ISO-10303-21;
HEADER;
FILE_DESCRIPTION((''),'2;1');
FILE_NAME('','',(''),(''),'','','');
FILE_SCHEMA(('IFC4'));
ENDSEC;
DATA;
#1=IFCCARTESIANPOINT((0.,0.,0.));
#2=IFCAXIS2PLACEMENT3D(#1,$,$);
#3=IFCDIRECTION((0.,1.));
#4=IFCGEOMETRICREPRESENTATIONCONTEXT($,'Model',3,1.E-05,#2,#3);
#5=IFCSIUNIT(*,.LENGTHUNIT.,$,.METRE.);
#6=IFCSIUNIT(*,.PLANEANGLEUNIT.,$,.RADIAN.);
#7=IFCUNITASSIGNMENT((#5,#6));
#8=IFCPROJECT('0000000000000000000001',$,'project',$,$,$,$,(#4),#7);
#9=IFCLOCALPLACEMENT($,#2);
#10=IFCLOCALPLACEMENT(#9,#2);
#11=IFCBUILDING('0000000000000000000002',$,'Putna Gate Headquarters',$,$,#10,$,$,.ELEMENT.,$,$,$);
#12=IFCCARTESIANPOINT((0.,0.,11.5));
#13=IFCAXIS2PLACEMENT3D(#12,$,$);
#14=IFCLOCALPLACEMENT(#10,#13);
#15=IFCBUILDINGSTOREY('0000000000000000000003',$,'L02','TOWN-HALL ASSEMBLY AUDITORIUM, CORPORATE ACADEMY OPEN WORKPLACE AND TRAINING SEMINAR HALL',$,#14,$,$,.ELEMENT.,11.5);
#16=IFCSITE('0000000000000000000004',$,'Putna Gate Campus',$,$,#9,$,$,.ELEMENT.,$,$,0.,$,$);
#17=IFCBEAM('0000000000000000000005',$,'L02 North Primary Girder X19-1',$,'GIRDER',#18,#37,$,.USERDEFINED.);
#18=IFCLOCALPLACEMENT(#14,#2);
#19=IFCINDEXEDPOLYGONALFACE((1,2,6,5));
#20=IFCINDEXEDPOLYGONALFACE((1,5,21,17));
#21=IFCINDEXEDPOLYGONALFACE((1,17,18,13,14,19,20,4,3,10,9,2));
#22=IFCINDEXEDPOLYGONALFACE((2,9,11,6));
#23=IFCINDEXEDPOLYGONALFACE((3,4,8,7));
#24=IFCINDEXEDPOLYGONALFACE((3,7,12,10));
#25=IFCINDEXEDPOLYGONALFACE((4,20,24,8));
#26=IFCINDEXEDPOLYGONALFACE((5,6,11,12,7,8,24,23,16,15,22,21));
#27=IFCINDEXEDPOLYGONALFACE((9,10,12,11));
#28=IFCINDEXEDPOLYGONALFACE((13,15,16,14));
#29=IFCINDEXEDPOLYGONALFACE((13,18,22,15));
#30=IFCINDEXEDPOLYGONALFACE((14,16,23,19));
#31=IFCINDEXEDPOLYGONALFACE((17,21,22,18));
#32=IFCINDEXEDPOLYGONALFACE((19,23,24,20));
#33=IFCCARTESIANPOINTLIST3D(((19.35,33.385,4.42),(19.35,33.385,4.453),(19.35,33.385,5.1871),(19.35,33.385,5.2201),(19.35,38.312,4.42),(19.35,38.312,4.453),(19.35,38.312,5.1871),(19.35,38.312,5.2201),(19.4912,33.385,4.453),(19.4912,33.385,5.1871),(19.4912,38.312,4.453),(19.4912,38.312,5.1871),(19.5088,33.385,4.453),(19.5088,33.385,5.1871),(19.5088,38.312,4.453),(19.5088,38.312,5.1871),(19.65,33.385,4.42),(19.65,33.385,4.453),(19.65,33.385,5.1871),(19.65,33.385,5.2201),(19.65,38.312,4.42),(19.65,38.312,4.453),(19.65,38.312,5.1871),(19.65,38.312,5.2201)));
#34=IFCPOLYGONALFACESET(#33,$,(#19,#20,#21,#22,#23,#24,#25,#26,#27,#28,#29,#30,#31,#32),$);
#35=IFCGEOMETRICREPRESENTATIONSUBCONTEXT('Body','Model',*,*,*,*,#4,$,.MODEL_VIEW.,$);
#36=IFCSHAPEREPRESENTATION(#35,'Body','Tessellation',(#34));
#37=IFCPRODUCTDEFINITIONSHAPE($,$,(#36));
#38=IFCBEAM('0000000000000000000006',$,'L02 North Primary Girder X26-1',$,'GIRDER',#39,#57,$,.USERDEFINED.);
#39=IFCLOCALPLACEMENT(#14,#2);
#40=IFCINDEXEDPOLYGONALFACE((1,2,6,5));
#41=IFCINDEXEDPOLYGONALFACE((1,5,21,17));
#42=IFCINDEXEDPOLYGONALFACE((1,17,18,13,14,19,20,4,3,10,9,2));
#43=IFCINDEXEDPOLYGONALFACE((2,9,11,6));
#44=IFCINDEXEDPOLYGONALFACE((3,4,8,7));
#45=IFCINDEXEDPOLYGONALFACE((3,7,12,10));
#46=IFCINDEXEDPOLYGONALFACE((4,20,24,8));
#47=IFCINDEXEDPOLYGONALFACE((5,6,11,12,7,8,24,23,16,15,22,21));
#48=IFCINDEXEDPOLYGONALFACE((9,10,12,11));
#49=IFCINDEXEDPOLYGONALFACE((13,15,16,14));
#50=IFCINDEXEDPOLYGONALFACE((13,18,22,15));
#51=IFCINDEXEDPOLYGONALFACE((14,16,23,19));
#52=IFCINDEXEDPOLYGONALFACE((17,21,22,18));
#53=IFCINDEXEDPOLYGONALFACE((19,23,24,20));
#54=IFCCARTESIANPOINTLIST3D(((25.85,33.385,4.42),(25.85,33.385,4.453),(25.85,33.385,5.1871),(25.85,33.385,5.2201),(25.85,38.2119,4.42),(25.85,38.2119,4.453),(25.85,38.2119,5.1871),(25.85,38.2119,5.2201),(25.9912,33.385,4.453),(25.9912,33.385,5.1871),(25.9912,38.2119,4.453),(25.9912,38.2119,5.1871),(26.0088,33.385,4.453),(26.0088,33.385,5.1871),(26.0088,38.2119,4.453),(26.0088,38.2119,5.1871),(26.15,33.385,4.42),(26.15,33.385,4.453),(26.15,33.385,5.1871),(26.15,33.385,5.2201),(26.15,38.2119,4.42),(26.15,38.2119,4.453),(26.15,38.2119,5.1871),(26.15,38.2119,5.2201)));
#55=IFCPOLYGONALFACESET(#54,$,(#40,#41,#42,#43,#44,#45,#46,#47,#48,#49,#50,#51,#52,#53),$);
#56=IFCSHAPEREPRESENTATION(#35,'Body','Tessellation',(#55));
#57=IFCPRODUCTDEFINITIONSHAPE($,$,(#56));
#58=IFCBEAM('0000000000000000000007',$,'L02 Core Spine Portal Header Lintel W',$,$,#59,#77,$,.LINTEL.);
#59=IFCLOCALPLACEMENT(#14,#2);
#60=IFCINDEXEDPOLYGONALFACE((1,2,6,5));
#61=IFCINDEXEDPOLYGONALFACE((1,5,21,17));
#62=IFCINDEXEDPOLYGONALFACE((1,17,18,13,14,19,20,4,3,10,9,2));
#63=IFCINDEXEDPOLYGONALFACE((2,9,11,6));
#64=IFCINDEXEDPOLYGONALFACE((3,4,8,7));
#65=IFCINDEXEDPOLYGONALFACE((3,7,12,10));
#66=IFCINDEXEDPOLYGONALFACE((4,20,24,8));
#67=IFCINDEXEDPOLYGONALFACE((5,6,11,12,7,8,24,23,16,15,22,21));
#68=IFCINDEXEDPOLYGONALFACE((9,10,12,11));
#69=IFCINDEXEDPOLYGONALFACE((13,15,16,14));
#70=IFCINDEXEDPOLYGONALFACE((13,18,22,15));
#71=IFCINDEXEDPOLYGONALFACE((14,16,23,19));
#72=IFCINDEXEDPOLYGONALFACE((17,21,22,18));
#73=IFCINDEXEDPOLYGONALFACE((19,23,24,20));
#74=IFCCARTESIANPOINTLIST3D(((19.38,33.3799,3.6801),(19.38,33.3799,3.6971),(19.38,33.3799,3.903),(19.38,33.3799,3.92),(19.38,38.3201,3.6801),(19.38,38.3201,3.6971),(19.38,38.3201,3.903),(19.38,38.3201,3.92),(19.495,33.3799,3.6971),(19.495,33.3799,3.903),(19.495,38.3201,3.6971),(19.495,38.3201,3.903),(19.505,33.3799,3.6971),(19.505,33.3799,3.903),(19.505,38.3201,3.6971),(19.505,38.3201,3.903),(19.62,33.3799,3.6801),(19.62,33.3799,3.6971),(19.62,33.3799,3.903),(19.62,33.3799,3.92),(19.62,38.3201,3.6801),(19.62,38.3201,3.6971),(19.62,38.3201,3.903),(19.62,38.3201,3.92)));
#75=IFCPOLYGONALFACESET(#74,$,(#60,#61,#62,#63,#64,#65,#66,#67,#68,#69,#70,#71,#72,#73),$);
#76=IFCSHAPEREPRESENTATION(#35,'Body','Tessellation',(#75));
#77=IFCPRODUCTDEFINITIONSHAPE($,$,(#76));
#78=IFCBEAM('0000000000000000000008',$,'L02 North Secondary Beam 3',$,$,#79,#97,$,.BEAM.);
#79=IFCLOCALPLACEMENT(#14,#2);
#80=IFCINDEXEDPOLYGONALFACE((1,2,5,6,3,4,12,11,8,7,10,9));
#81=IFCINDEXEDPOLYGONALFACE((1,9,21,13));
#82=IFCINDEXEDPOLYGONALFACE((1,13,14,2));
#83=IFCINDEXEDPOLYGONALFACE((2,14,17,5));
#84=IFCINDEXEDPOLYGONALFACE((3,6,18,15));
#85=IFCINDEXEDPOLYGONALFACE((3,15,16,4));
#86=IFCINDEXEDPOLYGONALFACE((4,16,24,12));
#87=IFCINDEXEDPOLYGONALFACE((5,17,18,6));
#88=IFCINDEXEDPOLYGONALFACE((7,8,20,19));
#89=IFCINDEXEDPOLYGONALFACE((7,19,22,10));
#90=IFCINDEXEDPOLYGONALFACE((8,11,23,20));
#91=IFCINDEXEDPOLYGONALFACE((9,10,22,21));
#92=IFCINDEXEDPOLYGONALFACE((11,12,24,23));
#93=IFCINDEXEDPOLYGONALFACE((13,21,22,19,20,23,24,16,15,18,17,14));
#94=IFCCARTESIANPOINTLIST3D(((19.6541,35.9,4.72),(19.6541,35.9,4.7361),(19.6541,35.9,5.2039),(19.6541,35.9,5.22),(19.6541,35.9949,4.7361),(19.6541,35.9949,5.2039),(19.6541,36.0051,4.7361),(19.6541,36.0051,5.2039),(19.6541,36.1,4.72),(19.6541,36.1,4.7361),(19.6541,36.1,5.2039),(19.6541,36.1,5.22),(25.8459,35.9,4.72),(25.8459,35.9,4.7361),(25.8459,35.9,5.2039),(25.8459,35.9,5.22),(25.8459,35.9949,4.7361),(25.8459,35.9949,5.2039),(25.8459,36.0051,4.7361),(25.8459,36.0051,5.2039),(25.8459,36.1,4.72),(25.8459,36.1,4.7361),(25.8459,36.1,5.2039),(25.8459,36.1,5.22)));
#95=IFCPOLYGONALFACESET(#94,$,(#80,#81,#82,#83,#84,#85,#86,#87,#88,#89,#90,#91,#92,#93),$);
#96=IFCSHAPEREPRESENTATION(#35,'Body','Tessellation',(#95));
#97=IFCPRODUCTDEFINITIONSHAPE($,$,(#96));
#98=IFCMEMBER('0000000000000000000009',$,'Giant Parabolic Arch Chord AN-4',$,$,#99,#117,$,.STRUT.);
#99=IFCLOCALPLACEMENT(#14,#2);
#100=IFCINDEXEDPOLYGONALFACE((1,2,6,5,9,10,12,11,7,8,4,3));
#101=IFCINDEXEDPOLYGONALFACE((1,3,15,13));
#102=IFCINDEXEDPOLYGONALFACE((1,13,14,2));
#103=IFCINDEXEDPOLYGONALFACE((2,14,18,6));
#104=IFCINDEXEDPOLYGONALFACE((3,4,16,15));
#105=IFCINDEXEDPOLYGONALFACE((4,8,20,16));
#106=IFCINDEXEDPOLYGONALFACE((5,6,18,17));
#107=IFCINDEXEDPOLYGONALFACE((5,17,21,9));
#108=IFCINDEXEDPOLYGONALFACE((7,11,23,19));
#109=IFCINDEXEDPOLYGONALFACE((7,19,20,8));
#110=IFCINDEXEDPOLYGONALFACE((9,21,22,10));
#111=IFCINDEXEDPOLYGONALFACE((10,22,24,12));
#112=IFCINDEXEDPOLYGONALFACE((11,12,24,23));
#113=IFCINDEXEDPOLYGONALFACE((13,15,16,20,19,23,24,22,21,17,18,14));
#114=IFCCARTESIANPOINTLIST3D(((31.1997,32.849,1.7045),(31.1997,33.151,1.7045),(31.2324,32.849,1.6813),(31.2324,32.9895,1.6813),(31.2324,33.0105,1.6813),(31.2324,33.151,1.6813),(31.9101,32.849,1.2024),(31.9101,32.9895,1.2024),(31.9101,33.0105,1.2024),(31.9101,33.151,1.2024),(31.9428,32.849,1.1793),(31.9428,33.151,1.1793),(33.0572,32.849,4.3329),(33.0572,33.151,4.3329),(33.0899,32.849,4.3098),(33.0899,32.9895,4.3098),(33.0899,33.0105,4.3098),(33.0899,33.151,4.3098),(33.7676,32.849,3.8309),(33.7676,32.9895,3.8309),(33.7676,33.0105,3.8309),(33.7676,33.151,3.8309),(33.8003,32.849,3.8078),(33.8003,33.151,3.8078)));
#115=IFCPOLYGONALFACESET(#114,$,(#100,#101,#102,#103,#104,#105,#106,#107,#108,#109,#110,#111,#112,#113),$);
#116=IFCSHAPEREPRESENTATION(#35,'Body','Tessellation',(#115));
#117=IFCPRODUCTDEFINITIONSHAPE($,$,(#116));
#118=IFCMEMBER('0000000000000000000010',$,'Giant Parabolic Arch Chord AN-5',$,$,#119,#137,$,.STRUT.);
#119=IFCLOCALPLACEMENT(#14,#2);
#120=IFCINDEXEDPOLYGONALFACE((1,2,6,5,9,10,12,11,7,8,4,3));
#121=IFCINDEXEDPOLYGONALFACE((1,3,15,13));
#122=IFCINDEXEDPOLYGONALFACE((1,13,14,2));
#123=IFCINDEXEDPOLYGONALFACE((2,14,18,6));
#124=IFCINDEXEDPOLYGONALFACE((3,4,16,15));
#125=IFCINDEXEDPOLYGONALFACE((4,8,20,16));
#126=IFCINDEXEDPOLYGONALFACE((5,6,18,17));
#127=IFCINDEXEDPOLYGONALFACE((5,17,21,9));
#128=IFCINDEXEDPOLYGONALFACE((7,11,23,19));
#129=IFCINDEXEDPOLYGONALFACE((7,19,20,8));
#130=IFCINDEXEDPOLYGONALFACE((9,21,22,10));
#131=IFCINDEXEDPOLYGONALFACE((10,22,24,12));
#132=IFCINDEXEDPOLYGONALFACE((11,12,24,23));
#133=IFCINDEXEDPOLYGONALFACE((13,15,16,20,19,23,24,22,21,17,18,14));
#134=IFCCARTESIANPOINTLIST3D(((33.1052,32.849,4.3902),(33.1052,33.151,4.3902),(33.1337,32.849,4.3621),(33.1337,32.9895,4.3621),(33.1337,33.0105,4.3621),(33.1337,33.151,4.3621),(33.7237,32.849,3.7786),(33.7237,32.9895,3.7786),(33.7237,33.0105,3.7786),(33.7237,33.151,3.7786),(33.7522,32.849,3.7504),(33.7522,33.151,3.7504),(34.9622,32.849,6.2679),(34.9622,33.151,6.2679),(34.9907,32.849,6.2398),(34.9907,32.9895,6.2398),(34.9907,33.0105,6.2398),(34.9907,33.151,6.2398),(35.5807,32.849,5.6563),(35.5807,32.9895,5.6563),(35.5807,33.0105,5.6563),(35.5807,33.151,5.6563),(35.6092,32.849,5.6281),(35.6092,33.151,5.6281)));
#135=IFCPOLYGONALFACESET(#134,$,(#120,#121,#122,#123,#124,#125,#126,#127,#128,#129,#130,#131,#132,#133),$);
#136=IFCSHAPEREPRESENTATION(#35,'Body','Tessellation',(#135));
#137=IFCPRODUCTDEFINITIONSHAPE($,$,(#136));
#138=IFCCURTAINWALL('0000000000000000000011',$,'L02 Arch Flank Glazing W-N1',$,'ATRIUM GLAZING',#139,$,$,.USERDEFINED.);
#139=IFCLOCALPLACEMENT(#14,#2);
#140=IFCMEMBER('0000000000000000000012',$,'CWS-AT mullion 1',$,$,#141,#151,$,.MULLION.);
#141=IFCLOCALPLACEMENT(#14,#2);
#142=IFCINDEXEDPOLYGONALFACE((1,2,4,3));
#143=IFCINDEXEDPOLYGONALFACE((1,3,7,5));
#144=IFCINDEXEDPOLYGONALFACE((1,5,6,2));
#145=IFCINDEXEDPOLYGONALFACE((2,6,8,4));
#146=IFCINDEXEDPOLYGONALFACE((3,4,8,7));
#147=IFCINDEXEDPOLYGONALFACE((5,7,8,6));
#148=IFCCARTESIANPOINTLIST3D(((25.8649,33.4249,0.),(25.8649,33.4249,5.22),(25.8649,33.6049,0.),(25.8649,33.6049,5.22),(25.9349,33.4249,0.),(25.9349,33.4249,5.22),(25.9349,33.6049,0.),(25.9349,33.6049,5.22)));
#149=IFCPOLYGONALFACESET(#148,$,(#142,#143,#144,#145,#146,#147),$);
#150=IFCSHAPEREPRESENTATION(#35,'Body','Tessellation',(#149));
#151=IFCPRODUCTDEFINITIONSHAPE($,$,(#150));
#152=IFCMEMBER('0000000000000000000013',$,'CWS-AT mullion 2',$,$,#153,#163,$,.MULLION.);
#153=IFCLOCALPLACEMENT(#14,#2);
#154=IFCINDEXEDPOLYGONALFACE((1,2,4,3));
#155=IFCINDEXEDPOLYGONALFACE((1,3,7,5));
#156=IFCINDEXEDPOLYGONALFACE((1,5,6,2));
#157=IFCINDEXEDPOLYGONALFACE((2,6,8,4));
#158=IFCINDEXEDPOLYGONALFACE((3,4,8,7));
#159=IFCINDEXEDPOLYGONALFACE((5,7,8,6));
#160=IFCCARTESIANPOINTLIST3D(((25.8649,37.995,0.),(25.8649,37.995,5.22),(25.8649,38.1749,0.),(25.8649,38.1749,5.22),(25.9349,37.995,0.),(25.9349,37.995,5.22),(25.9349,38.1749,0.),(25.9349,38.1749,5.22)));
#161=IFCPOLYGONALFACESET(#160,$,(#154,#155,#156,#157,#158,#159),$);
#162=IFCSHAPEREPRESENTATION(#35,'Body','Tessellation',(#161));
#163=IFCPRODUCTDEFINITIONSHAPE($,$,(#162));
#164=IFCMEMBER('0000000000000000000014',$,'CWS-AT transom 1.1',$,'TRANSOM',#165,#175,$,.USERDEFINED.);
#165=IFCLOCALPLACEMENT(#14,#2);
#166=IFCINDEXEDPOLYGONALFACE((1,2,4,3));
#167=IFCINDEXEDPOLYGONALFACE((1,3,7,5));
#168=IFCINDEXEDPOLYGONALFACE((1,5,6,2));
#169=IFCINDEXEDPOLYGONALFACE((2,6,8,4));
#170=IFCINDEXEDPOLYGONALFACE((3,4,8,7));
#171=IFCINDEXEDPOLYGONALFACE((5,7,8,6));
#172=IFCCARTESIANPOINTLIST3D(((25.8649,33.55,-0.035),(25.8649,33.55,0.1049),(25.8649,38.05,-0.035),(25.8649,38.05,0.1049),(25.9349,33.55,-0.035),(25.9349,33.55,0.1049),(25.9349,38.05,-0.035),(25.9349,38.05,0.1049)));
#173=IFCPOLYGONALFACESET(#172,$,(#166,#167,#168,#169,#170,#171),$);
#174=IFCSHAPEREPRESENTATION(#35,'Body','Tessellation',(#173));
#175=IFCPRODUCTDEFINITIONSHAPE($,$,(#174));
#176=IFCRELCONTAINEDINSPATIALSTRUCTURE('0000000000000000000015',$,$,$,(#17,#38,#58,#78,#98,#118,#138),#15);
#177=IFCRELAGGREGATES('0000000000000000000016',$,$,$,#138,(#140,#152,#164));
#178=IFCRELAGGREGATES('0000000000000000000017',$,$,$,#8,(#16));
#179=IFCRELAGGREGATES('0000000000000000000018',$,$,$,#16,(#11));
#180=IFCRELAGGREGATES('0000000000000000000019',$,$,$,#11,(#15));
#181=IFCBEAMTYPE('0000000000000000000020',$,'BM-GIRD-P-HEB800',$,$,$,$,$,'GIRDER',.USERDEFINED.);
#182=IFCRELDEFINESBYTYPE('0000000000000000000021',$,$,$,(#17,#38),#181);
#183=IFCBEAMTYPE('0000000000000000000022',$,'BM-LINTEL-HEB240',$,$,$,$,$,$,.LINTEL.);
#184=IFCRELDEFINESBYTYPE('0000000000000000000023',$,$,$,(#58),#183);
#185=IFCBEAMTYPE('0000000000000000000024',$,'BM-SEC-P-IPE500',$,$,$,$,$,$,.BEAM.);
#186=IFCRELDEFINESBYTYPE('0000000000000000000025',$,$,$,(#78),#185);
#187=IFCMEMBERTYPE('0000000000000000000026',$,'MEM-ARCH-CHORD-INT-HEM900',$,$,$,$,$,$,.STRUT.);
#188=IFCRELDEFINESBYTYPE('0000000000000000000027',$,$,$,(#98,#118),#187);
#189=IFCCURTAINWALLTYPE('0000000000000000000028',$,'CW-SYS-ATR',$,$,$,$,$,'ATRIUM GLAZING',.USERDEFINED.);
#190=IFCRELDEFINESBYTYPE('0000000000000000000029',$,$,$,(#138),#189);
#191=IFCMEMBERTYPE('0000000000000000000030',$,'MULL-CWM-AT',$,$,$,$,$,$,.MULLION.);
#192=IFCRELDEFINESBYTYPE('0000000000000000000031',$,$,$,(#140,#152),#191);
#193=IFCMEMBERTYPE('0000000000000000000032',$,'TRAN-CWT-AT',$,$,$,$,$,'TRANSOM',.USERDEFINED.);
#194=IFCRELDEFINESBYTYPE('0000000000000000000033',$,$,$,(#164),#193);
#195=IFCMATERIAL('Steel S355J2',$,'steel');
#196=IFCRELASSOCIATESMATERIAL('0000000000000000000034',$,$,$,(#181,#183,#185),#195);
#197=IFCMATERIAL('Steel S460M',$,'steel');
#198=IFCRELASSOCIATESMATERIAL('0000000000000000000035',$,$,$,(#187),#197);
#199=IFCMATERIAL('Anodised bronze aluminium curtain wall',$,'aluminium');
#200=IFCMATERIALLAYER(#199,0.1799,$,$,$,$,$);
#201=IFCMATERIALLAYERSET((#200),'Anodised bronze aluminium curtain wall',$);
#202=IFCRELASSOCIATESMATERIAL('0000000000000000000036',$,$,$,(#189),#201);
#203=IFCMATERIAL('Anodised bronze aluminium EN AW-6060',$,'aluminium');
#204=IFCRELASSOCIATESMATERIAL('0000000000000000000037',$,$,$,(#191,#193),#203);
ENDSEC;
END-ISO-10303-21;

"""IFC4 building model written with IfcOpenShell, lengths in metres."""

from ifc_helpers import new_model, si_unit, direction, frame, origin, origin_2d, place, context, subcontext, project, spatial, rectangle, i_section, extrude, material, layer, layer_set, material_profile, profile_set, type_object, element, aggregate, save


model = new_model("IFC4")

# Units and contexts
model_context = context("Model", 3, precision=1e-05, world=origin(), true_north=direction((0.0, 1.0)))
body_context = subcontext(model_context, "Body", "Model", "MODEL_VIEW")
ifc_project = project(units=[si_unit("LENGTHUNIT", "METRE"), si_unit("PLANEANGLEUNIT", "RADIAN")], contexts=[model_context])

# Site, building, storey
site_placement = place(None, origin())
site = spatial("IfcSite", under=ifc_project, at=site_placement, Name="Putna Gate Campus", CompositionType="ELEMENT", RefElevation=0.0)
building_placement = place(site_placement, origin())
building = spatial("IfcBuilding", under=site, at=building_placement, Name="Putna Gate Headquarters", CompositionType="ELEMENT")
storey_placement = place(building_placement, frame((0.0, 0.0, 11.5)))
storey = spatial("IfcBuildingStorey", under=building, at=storey_placement, Name="L02", Description="TOWN-HALL ASSEMBLY AUDITORIUM, CORPORATE ACADEMY OPEN WORKPLACE AND TRAINING SEMINAR HALL", CompositionType="ELEMENT", Elevation=11.5)

# Beams
ifc_material_1 = material(Name="Steel S355J2", Category="steel")
ifc_material_profile_1 = material_profile(ifc_material_1, i_section(OverallWidth=0.3, OverallDepth=0.8, WebThickness=0.0176, FlangeThickness=0.033, at=origin_2d()), Name="Steel S355J2")
ifc_profile_set_1 = profile_set([ifc_material_profile_1], Name="Steel S355J2")
beam_type_1 = type_object("IfcBeamType", Name="BM-GIRD-P-HEB800", ElementType="GIRDER", PredefinedType="USERDEFINED", material=ifc_profile_set_1)
beam_1_placement = place(storey_placement, frame((19.5, 33.385, 4.8201), z_axis=(0.0, 1.0, 0.0), x_axis=(-1.0, 0.0, 0.0)))
element("IfcBeam", 1, at=beam_1_placement, inside=storey, type_object=beam_type_1, Name="L02 North Primary Girder X19-1", ObjectType="GIRDER", PredefinedType="USERDEFINED", context=body_context, shape_type="SweptSolid", body=[
    extrude(i_section(OverallWidth=0.3, OverallDepth=0.8, WebThickness=0.0176, FlangeThickness=0.033, at=origin_2d()), origin(), (0.0, 0.0, 1.0), 4.927),
])
beam_2_placement = place(storey_placement, frame((26.0, 33.385, 4.8201), z_axis=(0.0, 1.0, 0.0), x_axis=(-1.0, 0.0, 0.0)))
element("IfcBeam", 2, at=beam_2_placement, inside=storey, type_object=beam_type_1, Name="L02 North Primary Girder X26-1", ObjectType="GIRDER", PredefinedType="USERDEFINED", context=body_context, shape_type="SweptSolid", body=[
    extrude(i_section(OverallWidth=0.3, OverallDepth=0.8, WebThickness=0.0176, FlangeThickness=0.033, at=origin_2d()), origin(), (0.0, 0.0, 1.0), 4.8269),
])
ifc_material_profile_2 = material_profile(ifc_material_1, i_section(OverallWidth=0.24, OverallDepth=0.24, WebThickness=0.01, FlangeThickness=0.0171, at=origin_2d()), Name="Steel S355J2")
ifc_profile_set_2 = profile_set([ifc_material_profile_2], Name="Steel S355J2")
beam_type_2 = type_object("IfcBeamType", Name="BM-LINTEL-HEB240", PredefinedType="LINTEL", material=ifc_profile_set_2)
beam_3_placement = place(storey_placement, frame((19.5, 33.3799, 3.8), z_axis=(0.0, 1.0, 0.0), x_axis=(-1.0, 0.0, 0.0)))
element("IfcBeam", 3, at=beam_3_placement, inside=storey, type_object=beam_type_2, Name="L02 Core Spine Portal Header Lintel W", PredefinedType="LINTEL", context=body_context, shape_type="SweptSolid", body=[
    extrude(i_section(OverallWidth=0.24, OverallDepth=0.24, WebThickness=0.01, FlangeThickness=0.0171, at=origin_2d()), origin(), (0.0, 0.0, 1.0), 4.9402),
])
ifc_material_profile_3 = material_profile(ifc_material_1, i_section(OverallWidth=0.2, OverallDepth=0.5, WebThickness=0.0103, FlangeThickness=0.0161, at=origin_2d()), Name="Steel S355J2")
ifc_profile_set_3 = profile_set([ifc_material_profile_3], Name="Steel S355J2")
beam_type_3 = type_object("IfcBeamType", Name="BM-SEC-P-IPE500", PredefinedType="BEAM", material=ifc_profile_set_3)
beam_4_placement = place(storey_placement, frame((19.6541, 36.0, 4.97), z_axis=(1.0, 0.0, 0.0), x_axis=(0.0, 1.0, 0.0)))
element("IfcBeam", 4, at=beam_4_placement, inside=storey, type_object=beam_type_3, Name="L02 North Secondary Beam 3", PredefinedType="BEAM", context=body_context, shape_type="SweptSolid", body=[
    extrude(i_section(OverallWidth=0.2, OverallDepth=0.5, WebThickness=0.0103, FlangeThickness=0.0161, at=origin_2d()), origin(), (0.0, 0.0, 1.0), 6.1919),
])

# Members
ifc_material_2 = material(Name="Steel S460M", Category="steel")
ifc_material_profile_4 = material_profile(ifc_material_2, i_section(OverallWidth=0.302, OverallDepth=0.9099, WebThickness=0.021, FlangeThickness=0.04, at=origin_2d()), Name="Steel S460M")
ifc_profile_set_4 = profile_set([ifc_material_profile_4], Name="Steel S460M")
member_type_1 = type_object("IfcMemberType", Name="MEM-ARCH-CHORD-INT-HEM900", PredefinedType="STRUT", material=ifc_profile_set_4)
member_1_placement = place(storey_placement, frame((31.5713, 33.0, 1.4419), z_axis=(0.577112, 0.0, 0.816665), x_axis=(0.0, 1.0, 0.0)))
element("IfcMember", 5, at=member_1_placement, inside=storey, type_object=member_type_1, Name="Giant Parabolic Arch Chord AN-4", PredefinedType="STRUT", context=body_context, shape_type="SweptSolid", body=[
    extrude(i_section(OverallWidth=0.302, OverallDepth=0.9099, WebThickness=0.021, FlangeThickness=0.04, at=origin_2d()), origin(), (0.0, 0.0, 1.0), 3.2185),
])
member_2_placement = place(storey_placement, frame((33.4287, 33.0, 4.0703), z_axis=(0.703167, 0.0, 0.711025), x_axis=(0.0, 1.0, 0.0)))
element("IfcMember", 6, at=member_2_placement, inside=storey, type_object=member_type_1, Name="Giant Parabolic Arch Chord AN-5", PredefinedType="STRUT", context=body_context, shape_type="SweptSolid", body=[
    extrude(i_section(OverallWidth=0.302, OverallDepth=0.9099, WebThickness=0.021, FlangeThickness=0.04, at=origin_2d()), origin(), (0.0, 0.0, 1.0), 2.6409),
])

# Curtain wall, members
ifc_material_3 = material(Name="Anodised bronze aluminium curtain wall", Category="aluminium")
ifc_layer_1 = layer(ifc_material_3, 0.1799)
ifc_layer_set_1 = layer_set([ifc_layer_1], Name="Anodised bronze aluminium curtain wall")
curtain_wall_type = type_object("IfcCurtainWallType", Name="CW-SYS-ATR", ElementType="ATRIUM GLAZING", PredefinedType="USERDEFINED", material=ifc_layer_set_1)
curtain_wall_placement = place(storey_placement, origin())
curtain_wall = element("IfcCurtainWall", 7, at=curtain_wall_placement, inside=storey, type_object=curtain_wall_type, Name="L02 Arch Flank Glazing W-N1", ObjectType="ATRIUM GLAZING", PredefinedType="USERDEFINED")
ifc_material_4 = material(Name="Anodised bronze aluminium EN AW-6060", Category="aluminium")
ifc_material_profile_5 = material_profile(ifc_material_4, rectangle(XDim=0.0701, YDim=0.1799, at=origin_2d()), Name="Anodised bronze aluminium EN AW-6060")
ifc_profile_set_5 = profile_set([ifc_material_profile_5], Name="Anodised bronze aluminium EN AW-6060")
member_type_2 = type_object("IfcMemberType", Name="MULL-CWM-AT", PredefinedType="MULLION", material=ifc_profile_set_5)
member_3_placement = place(storey_placement, frame((25.8999, 33.5149, 0.0), z_axis=(0.0, 0.0, 1.0), x_axis=(-1.0, 0.0, 0.0)))
member_3 = element("IfcMember", 8, at=member_3_placement, type_object=member_type_2, Name="CWS-AT mullion 1", PredefinedType="MULLION", context=body_context, shape_type="SweptSolid", body=[
    extrude(rectangle(XDim=0.0701, YDim=0.1799, at=origin_2d()), origin(), (0.0, 0.0, 1.0), 5.22),
])
member_4_placement = place(storey_placement, frame((25.8999, 38.085, 0.0), z_axis=(0.0, 0.0, 1.0), x_axis=(-1.0, 0.0, 0.0)))
member_4 = element("IfcMember", 9, at=member_4_placement, type_object=member_type_2, Name="CWS-AT mullion 2", PredefinedType="MULLION", context=body_context, shape_type="SweptSolid", body=[
    extrude(rectangle(XDim=0.0701, YDim=0.1799, at=origin_2d()), origin(), (0.0, 0.0, 1.0), 5.22),
])
ifc_material_profile_6 = material_profile(ifc_material_4, rectangle(XDim=0.0701, YDim=0.1399, at=origin_2d()), Name="Anodised bronze aluminium EN AW-6060")
ifc_profile_set_6 = profile_set([ifc_material_profile_6], Name="Anodised bronze aluminium EN AW-6060")
member_type_3 = type_object("IfcMemberType", Name="TRAN-CWT-AT", ElementType="TRANSOM", PredefinedType="USERDEFINED", material=ifc_profile_set_6)
member_5_placement = place(storey_placement, frame((25.8999, 33.55, 0.0349), z_axis=(0.0, 1.0, 0.0), x_axis=(-1.0, 0.0, 0.0)))
member_5 = element("IfcMember", 10, at=member_5_placement, type_object=member_type_3, Name="CWS-AT transom 1.1", ObjectType="TRANSOM", PredefinedType="USERDEFINED", context=body_context, shape_type="SweptSolid", body=[
    extrude(rectangle(XDim=0.0701, YDim=0.1399, at=origin_2d()), origin(), (0.0, 0.0, 1.0), 4.5),
])
aggregate(curtain_wall, [member_3, member_4, member_5])

save(model, "model.ifc")
